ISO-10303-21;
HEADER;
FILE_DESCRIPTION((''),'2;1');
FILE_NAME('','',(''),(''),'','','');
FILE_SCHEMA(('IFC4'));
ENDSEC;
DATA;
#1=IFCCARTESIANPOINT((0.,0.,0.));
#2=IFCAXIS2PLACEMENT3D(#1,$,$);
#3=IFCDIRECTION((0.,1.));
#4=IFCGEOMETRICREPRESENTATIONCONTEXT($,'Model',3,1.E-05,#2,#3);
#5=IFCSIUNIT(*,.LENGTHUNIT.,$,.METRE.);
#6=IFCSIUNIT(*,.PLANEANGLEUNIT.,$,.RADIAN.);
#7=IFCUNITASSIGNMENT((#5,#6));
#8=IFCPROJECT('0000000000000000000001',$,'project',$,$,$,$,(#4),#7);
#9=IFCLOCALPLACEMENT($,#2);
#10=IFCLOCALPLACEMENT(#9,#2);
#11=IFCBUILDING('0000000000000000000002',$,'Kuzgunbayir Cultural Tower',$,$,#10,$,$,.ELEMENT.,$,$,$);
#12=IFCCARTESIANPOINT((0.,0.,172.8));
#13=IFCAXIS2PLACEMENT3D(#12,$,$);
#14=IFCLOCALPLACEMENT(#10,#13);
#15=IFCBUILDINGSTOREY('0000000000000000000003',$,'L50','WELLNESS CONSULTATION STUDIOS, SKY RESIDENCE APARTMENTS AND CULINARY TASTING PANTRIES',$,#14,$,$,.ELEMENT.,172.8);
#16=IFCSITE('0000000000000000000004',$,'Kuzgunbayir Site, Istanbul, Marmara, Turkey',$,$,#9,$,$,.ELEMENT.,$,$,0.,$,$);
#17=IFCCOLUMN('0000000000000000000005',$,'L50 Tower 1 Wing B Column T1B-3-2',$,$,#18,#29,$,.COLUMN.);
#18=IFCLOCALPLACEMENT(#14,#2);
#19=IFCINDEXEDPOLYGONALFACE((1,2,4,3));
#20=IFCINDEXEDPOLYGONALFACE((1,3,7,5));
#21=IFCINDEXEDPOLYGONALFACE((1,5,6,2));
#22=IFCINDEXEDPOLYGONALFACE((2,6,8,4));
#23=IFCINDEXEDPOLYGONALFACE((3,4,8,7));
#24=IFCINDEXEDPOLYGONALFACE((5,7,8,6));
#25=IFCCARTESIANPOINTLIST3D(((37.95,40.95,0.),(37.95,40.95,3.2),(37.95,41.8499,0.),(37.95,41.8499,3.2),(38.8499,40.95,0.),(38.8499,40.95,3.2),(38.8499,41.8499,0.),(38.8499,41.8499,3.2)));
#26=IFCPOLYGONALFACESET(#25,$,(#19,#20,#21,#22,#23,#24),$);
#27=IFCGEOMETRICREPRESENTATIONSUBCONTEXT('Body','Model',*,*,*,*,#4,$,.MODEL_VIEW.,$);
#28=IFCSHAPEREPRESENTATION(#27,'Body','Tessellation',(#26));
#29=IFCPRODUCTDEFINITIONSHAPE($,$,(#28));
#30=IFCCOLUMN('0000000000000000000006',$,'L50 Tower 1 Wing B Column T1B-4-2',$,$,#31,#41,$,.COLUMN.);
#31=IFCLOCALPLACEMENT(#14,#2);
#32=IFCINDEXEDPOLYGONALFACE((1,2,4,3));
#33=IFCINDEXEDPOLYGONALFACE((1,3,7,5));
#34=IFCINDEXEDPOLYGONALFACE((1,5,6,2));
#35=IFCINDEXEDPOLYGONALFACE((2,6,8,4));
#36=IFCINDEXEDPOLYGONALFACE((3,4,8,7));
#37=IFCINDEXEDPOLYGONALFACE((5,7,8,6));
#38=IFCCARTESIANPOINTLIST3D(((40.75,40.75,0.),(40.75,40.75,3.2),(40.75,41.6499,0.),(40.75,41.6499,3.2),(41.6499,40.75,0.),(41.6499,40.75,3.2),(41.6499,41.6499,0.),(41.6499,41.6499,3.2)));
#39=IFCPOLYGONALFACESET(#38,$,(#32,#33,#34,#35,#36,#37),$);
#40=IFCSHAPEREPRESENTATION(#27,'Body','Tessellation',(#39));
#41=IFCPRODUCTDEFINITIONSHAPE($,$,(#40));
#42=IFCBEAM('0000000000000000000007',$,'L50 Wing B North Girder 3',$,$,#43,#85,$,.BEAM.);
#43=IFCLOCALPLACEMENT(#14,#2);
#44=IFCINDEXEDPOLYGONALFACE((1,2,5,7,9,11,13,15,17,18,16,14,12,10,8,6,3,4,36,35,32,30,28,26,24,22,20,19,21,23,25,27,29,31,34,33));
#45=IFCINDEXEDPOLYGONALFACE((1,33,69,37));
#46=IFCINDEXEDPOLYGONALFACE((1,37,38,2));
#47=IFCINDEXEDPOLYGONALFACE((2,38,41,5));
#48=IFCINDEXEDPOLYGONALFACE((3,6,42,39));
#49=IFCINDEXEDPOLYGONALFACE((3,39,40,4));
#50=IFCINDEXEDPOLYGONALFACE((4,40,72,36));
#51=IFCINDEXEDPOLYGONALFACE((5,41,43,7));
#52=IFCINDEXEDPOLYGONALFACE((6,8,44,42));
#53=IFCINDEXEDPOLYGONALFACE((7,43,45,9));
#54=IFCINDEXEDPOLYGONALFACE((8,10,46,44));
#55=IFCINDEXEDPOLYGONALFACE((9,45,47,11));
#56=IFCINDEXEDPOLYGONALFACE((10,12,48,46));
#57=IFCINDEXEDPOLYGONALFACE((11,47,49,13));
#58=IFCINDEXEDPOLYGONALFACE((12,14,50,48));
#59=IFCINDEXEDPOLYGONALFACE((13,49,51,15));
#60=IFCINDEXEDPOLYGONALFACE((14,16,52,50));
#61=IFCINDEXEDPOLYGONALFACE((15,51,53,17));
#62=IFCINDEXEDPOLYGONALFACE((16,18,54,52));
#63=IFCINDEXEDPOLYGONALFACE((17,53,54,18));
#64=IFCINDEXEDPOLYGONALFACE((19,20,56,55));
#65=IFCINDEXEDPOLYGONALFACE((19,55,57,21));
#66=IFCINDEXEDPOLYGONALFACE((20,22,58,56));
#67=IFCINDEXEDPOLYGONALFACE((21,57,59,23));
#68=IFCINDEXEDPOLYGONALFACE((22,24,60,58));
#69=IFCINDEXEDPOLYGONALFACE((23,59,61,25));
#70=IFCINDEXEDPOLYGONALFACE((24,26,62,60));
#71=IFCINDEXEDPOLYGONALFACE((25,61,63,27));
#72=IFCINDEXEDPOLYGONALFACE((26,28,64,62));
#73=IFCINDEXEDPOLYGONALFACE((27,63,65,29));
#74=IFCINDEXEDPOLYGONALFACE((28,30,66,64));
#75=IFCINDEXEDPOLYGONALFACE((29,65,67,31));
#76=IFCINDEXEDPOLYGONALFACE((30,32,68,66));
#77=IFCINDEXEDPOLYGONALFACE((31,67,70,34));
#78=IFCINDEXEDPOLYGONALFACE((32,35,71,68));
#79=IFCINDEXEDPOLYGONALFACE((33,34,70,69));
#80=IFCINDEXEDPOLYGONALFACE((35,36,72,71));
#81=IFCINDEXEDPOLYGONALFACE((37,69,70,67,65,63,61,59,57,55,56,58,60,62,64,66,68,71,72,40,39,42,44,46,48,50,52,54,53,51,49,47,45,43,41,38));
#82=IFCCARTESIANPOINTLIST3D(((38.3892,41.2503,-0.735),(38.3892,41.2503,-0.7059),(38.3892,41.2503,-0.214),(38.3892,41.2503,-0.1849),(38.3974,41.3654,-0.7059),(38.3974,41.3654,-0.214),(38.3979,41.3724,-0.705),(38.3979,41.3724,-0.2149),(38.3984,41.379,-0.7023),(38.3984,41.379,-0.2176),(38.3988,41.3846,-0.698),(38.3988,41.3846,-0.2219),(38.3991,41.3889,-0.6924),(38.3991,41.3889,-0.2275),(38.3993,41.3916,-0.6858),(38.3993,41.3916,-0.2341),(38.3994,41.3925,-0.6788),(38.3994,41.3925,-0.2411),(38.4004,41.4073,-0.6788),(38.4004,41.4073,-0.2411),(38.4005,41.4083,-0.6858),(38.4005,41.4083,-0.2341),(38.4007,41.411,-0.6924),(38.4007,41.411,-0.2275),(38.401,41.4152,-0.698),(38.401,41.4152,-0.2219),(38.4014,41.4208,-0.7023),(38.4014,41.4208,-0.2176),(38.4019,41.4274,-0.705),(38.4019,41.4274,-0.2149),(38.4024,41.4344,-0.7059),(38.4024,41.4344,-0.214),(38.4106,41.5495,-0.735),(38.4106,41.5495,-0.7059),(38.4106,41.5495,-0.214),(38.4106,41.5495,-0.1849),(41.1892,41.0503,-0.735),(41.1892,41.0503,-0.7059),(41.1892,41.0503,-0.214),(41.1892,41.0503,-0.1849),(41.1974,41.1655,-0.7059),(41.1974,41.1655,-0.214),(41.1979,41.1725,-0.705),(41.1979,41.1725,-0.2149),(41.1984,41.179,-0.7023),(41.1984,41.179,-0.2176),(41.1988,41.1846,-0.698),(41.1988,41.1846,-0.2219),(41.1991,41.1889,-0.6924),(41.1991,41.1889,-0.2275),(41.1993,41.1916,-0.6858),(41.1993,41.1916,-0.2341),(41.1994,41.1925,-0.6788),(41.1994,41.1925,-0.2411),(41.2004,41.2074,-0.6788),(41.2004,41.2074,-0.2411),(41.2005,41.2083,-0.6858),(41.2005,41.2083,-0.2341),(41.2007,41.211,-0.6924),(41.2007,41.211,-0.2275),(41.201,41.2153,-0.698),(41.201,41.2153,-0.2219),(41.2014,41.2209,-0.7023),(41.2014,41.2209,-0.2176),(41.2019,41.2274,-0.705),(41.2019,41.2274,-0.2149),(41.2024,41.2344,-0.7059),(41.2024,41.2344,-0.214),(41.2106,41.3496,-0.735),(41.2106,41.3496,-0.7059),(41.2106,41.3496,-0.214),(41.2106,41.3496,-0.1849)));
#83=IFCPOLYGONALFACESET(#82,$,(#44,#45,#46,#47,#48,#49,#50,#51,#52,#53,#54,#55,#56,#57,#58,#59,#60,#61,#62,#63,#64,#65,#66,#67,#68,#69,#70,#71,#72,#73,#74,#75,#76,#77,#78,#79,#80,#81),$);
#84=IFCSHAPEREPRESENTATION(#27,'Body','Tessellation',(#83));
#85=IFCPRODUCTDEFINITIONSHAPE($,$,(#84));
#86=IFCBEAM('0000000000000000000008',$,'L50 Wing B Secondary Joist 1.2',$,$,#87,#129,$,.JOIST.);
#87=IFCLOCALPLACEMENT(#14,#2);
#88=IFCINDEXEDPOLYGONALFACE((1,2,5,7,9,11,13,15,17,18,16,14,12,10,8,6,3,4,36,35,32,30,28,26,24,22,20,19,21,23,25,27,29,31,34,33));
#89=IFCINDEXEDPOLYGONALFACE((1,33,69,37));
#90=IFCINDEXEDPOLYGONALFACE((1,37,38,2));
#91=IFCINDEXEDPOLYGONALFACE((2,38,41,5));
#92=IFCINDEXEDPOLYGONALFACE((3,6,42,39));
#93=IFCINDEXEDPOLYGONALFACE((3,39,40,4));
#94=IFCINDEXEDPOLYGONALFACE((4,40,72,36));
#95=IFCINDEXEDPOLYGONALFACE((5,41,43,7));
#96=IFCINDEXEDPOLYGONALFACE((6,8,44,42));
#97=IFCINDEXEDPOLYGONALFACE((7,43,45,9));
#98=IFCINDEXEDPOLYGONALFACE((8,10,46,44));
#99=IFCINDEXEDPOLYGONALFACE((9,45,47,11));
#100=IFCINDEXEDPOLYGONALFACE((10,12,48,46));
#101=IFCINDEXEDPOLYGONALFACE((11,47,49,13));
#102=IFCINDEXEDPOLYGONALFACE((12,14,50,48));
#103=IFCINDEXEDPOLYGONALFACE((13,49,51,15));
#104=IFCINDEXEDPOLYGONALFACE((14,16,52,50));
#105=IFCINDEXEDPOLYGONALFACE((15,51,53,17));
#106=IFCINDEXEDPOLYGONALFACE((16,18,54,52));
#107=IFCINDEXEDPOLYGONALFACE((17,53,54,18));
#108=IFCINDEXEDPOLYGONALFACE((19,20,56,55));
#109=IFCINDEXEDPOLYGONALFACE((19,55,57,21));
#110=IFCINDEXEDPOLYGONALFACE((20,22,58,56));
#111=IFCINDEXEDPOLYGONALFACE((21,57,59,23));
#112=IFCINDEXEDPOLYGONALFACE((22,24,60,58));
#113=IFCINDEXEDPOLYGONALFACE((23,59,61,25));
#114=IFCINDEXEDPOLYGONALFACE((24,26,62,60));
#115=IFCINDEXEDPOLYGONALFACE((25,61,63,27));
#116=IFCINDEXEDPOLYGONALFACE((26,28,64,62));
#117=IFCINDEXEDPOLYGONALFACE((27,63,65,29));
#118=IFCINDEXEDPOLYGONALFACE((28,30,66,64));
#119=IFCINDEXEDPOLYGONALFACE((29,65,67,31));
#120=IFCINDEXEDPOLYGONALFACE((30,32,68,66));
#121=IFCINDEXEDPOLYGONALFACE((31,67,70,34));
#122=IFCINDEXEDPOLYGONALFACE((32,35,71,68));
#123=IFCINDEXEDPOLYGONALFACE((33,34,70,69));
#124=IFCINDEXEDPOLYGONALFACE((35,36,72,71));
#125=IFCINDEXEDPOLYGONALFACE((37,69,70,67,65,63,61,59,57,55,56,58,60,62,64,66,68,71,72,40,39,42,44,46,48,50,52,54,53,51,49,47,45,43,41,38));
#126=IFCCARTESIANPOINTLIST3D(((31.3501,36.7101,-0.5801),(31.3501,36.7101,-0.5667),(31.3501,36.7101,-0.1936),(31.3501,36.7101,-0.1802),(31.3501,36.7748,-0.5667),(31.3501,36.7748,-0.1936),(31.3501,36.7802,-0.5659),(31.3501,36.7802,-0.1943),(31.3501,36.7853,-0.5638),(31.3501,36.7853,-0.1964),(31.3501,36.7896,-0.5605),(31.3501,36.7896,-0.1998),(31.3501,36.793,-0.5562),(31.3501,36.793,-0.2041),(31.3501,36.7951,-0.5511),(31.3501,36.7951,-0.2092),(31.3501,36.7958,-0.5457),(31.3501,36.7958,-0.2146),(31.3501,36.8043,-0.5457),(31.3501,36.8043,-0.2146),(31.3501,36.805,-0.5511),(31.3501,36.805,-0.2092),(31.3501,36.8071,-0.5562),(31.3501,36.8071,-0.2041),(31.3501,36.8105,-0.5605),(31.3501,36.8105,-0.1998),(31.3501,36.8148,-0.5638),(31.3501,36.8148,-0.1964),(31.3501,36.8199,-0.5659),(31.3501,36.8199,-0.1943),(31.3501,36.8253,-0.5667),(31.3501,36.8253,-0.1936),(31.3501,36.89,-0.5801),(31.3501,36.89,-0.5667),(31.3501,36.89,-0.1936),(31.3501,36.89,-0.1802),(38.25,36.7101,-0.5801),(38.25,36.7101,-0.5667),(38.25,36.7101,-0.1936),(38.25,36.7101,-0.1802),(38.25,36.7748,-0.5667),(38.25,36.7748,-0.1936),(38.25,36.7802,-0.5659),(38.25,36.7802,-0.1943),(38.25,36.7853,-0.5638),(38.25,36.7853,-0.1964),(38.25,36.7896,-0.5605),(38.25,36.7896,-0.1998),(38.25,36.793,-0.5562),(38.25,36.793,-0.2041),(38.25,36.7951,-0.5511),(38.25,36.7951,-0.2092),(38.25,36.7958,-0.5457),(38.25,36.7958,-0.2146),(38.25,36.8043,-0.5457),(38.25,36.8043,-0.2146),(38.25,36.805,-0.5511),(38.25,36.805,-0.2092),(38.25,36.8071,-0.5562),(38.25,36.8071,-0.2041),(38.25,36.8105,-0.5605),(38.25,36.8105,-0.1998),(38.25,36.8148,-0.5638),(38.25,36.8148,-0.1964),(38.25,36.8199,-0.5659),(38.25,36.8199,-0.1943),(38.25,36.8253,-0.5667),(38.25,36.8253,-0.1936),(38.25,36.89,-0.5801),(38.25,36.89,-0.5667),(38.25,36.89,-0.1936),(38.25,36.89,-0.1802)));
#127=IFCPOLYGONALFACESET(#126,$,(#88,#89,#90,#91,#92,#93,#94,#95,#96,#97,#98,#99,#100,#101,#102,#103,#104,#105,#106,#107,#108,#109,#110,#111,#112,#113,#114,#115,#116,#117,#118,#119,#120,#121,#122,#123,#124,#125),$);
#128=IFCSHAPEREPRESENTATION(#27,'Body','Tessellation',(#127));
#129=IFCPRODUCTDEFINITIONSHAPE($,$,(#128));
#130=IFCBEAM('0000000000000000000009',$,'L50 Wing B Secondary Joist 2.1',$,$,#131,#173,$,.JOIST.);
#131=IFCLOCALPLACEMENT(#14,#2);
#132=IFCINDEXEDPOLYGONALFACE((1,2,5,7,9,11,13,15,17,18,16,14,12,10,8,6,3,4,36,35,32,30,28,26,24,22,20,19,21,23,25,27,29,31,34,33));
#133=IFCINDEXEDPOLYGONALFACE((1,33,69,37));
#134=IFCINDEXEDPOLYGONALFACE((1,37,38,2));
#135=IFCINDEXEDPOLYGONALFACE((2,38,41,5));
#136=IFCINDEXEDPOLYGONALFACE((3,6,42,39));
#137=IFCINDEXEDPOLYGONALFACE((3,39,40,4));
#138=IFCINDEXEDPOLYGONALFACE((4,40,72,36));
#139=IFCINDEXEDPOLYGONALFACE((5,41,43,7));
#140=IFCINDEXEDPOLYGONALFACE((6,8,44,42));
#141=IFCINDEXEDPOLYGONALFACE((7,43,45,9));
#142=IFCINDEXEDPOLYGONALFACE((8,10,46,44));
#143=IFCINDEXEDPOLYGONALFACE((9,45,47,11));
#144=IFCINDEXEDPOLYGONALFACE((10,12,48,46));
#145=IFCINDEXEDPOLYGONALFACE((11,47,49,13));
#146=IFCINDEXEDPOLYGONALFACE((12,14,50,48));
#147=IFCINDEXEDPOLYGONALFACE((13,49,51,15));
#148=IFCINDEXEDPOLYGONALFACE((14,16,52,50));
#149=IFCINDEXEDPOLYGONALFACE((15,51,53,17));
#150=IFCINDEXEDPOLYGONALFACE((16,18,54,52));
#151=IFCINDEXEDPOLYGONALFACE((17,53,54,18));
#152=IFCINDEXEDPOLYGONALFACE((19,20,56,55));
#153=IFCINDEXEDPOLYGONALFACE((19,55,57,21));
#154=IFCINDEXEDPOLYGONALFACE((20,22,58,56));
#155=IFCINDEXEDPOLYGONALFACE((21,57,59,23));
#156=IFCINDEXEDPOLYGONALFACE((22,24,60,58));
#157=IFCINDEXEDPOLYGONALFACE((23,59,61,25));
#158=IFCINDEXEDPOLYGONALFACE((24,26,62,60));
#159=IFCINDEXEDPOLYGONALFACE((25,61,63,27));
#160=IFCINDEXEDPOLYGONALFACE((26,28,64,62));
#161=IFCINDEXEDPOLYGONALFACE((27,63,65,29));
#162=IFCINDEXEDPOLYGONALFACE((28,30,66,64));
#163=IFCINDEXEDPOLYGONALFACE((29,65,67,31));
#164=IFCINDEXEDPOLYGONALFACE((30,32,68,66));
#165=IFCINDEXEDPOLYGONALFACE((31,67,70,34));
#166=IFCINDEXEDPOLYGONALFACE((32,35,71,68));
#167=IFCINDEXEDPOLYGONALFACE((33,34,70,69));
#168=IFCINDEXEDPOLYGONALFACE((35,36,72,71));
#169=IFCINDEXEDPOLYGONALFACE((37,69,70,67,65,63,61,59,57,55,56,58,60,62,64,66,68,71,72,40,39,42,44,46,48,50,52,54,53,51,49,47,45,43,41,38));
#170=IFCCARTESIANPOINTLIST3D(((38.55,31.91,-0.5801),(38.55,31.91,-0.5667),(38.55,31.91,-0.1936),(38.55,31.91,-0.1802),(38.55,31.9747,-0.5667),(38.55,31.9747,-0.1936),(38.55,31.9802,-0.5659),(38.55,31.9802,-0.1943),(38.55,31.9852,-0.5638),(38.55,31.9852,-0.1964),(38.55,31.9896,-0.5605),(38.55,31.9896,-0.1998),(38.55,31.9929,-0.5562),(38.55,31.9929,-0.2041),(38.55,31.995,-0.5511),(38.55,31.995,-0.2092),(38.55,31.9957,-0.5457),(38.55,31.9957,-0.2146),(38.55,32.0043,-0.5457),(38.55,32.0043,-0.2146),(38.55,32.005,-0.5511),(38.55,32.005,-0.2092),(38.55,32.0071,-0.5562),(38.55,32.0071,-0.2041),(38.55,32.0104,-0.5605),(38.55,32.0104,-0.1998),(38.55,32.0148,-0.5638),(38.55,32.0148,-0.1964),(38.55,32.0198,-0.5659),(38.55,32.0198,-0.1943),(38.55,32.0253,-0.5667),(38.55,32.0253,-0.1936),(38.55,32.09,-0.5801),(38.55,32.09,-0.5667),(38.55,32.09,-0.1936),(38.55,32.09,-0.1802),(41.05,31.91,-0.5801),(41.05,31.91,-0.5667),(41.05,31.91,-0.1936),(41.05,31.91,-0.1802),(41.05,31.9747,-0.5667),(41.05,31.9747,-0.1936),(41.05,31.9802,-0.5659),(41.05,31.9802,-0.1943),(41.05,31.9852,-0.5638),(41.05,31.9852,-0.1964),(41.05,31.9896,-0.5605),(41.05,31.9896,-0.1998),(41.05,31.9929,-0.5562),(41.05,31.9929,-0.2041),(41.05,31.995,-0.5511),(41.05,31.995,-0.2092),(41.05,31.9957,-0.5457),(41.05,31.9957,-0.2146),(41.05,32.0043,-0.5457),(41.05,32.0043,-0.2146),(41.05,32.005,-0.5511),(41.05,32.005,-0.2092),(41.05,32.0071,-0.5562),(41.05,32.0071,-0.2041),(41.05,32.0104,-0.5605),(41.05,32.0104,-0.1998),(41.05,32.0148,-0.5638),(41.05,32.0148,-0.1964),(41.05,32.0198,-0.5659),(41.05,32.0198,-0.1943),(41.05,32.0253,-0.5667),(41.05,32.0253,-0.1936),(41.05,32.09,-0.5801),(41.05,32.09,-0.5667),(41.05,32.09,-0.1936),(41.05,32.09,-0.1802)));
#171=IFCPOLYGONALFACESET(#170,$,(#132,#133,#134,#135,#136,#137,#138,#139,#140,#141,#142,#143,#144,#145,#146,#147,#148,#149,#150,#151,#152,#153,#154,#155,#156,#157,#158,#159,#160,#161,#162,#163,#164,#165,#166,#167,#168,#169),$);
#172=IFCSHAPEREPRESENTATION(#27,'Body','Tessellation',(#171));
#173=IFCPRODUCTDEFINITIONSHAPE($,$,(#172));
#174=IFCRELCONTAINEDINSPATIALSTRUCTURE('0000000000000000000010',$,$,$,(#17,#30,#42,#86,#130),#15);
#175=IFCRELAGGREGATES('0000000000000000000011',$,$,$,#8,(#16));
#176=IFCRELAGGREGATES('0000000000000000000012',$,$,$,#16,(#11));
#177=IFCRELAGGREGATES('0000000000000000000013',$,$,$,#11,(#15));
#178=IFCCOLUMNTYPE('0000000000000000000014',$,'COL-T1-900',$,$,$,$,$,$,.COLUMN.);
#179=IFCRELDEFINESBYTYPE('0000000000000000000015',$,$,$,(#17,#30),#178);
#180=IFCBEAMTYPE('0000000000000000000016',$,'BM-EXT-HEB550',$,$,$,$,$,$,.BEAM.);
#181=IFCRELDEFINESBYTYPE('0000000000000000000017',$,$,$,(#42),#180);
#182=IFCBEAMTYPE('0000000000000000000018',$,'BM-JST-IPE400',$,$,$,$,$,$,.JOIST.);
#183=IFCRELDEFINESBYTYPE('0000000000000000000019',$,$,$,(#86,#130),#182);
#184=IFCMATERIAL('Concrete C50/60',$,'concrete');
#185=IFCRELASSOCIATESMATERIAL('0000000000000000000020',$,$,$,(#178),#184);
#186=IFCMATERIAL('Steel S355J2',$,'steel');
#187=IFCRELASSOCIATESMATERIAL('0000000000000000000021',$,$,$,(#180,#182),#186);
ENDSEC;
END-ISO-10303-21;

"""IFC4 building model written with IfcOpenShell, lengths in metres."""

from ifc_helpers import new_model, si_unit, direction, frame, origin, origin_2d, place, context, subcontext, project, spatial, rectangle, i_section, extrude, material, material_profile, profile_set, type_object, element, save


model = new_model("IFC4")

# Units and contexts
model_context = context("Model", 3, precision=1e-05, world=origin(), true_north=direction((0.0, 1.0)))
body_context = subcontext(model_context, "Body", "Model", "MODEL_VIEW")
ifc_project = project(units=[si_unit("LENGTHUNIT", "METRE"), si_unit("PLANEANGLEUNIT", "RADIAN")], contexts=[model_context])

# Site, building, storey
site_placement = place(None, origin())
site = spatial("IfcSite", under=ifc_project, at=site_placement, Name="Kuzgunbayir Site, Istanbul, Marmara, Turkey", CompositionType="ELEMENT", RefElevation=0.0)
building_placement = place(site_placement, origin())
building = spatial("IfcBuilding", under=site, at=building_placement, Name="Kuzgunbayir Cultural Tower", CompositionType="ELEMENT")
storey_placement = place(building_placement, frame((0.0, 0.0, 172.8)))
storey = spatial("IfcBuildingStorey", under=building, at=storey_placement, Name="L50", Description="WELLNESS CONSULTATION STUDIOS, SKY RESIDENCE APARTMENTS AND CULINARY TASTING PANTRIES", CompositionType="ELEMENT", Elevation=172.8)

# Columns
ifc_material_1 = material(Name="Concrete C50/60", Category="concrete")
ifc_material_profile_1 = material_profile(ifc_material_1, rectangle(XDim=0.8999, YDim=0.8999, at=origin_2d()), Name="RC 900x900")
ifc_profile_set_1 = profile_set([ifc_material_profile_1], Name="Concrete C50/60")
column_type = type_object("IfcColumnType", Name="COL-T1-900", PredefinedType="COLUMN", material=ifc_profile_set_1)
for number, where, z_axis, x_axis, name in (
    (1, (38.3999, 41.3999, 0.0), (0.0, 0.0, 1.0), (1.0, 0.0, 0.0), "L50 Tower 1 Wing B Column T1B-3-2"),
    (2, (41.2, 41.2, 0.0), (0.0, 0.0, 1.0), (1.0, 0.0, 0.0), "L50 Tower 1 Wing B Column T1B-4-2"),
):
    element("IfcColumn", number, at=place(storey_placement, frame(where, z_axis=z_axis, x_axis=x_axis)), inside=storey, type_object=column_type, Name=name, PredefinedType="COLUMN", context=body_context, shape_type="SweptSolid", body=[
        extrude(rectangle(XDim=0.8999, YDim=0.8999, at=origin_2d()), origin(), (0.0, 0.0, 1.0), 3.2),
    ])

# Beams
ifc_material_2 = material(Name="Steel S355J2", Category="steel")
ifc_material_profile_2 = material_profile(ifc_material_2, i_section(OverallWidth=0.3, OverallDepth=0.55, WebThickness=0.0149, FlangeThickness=0.0291, FilletRadius=0.0271, at=origin_2d()), Name="HEB 550")
ifc_profile_set_2 = profile_set([ifc_material_profile_2], Name="Steel S355J2")
beam_type_1 = type_object("IfcBeamType", Name="BM-EXT-HEB550", PredefinedType="BEAM", material=ifc_profile_set_2)
beam_1_placement = place(storey_placement, frame((38.3999, 41.3999, -0.46), z_axis=(0.99746, -0.071229, 0.0), x_axis=(0.071229, 0.99746, 0.0)))
element("IfcBeam", 3, at=beam_1_placement, inside=storey, type_object=beam_type_1, Name="L50 Wing B North Girder 3", PredefinedType="BEAM", context=body_context, shape_type="SweptSolid", body=[
    extrude(i_section(OverallWidth=0.3, OverallDepth=0.55, WebThickness=0.0149, FlangeThickness=0.0291, FilletRadius=0.0271, at=origin_2d()), origin(), (0.0, 0.0, 1.0), 2.8071),
])
ifc_material_profile_3 = material_profile(ifc_material_2, i_section(OverallWidth=0.1799, OverallDepth=0.3999, WebThickness=0.0085, FlangeThickness=0.0134, FilletRadius=0.021, at=origin_2d()), Name="IPE 400")
ifc_profile_set_3 = profile_set([ifc_material_profile_3], Name="Steel S355J2")
beam_type_2 = type_object("IfcBeamType", Name="BM-JST-IPE400", PredefinedType="JOIST", material=ifc_profile_set_3)
beam_2_placement = place(storey_placement, frame((31.3501, 36.8, -0.3801), z_axis=(1.0, 0.0, 0.0), x_axis=(0.0, 1.0, 0.0)))
element("IfcBeam", 4, at=beam_2_placement, inside=storey, type_object=beam_type_2, Name="L50 Wing B Secondary Joist 1.2", PredefinedType="JOIST", context=body_context, shape_type="SweptSolid", body=[
    extrude(i_section(OverallWidth=0.1799, OverallDepth=0.3999, WebThickness=0.0085, FlangeThickness=0.0134, FilletRadius=0.021, at=origin_2d()), origin(), (0.0, 0.0, 1.0), 6.8999),
])
for number, where, z_axis, x_axis, name in (
    (5, (38.55, 32.0, -0.3801), (1.0, 0.0, 0.0), (0.0, 1.0, 0.0), "L50 Wing B Secondary Joist 2.1"),
):
    element("IfcBeam", number, at=place(storey_placement, frame(where, z_axis=z_axis, x_axis=x_axis)), inside=storey, type_object=beam_type_2, Name=name, PredefinedType="JOIST", context=body_context, shape_type="SweptSolid", body=[
        extrude(i_section(OverallWidth=0.1799, OverallDepth=0.3999, WebThickness=0.0085, FlangeThickness=0.0134, FilletRadius=0.021, at=origin_2d()), origin(), (0.0, 0.0, 1.0), 2.5),
    ])

save(model, "model.ifc")
